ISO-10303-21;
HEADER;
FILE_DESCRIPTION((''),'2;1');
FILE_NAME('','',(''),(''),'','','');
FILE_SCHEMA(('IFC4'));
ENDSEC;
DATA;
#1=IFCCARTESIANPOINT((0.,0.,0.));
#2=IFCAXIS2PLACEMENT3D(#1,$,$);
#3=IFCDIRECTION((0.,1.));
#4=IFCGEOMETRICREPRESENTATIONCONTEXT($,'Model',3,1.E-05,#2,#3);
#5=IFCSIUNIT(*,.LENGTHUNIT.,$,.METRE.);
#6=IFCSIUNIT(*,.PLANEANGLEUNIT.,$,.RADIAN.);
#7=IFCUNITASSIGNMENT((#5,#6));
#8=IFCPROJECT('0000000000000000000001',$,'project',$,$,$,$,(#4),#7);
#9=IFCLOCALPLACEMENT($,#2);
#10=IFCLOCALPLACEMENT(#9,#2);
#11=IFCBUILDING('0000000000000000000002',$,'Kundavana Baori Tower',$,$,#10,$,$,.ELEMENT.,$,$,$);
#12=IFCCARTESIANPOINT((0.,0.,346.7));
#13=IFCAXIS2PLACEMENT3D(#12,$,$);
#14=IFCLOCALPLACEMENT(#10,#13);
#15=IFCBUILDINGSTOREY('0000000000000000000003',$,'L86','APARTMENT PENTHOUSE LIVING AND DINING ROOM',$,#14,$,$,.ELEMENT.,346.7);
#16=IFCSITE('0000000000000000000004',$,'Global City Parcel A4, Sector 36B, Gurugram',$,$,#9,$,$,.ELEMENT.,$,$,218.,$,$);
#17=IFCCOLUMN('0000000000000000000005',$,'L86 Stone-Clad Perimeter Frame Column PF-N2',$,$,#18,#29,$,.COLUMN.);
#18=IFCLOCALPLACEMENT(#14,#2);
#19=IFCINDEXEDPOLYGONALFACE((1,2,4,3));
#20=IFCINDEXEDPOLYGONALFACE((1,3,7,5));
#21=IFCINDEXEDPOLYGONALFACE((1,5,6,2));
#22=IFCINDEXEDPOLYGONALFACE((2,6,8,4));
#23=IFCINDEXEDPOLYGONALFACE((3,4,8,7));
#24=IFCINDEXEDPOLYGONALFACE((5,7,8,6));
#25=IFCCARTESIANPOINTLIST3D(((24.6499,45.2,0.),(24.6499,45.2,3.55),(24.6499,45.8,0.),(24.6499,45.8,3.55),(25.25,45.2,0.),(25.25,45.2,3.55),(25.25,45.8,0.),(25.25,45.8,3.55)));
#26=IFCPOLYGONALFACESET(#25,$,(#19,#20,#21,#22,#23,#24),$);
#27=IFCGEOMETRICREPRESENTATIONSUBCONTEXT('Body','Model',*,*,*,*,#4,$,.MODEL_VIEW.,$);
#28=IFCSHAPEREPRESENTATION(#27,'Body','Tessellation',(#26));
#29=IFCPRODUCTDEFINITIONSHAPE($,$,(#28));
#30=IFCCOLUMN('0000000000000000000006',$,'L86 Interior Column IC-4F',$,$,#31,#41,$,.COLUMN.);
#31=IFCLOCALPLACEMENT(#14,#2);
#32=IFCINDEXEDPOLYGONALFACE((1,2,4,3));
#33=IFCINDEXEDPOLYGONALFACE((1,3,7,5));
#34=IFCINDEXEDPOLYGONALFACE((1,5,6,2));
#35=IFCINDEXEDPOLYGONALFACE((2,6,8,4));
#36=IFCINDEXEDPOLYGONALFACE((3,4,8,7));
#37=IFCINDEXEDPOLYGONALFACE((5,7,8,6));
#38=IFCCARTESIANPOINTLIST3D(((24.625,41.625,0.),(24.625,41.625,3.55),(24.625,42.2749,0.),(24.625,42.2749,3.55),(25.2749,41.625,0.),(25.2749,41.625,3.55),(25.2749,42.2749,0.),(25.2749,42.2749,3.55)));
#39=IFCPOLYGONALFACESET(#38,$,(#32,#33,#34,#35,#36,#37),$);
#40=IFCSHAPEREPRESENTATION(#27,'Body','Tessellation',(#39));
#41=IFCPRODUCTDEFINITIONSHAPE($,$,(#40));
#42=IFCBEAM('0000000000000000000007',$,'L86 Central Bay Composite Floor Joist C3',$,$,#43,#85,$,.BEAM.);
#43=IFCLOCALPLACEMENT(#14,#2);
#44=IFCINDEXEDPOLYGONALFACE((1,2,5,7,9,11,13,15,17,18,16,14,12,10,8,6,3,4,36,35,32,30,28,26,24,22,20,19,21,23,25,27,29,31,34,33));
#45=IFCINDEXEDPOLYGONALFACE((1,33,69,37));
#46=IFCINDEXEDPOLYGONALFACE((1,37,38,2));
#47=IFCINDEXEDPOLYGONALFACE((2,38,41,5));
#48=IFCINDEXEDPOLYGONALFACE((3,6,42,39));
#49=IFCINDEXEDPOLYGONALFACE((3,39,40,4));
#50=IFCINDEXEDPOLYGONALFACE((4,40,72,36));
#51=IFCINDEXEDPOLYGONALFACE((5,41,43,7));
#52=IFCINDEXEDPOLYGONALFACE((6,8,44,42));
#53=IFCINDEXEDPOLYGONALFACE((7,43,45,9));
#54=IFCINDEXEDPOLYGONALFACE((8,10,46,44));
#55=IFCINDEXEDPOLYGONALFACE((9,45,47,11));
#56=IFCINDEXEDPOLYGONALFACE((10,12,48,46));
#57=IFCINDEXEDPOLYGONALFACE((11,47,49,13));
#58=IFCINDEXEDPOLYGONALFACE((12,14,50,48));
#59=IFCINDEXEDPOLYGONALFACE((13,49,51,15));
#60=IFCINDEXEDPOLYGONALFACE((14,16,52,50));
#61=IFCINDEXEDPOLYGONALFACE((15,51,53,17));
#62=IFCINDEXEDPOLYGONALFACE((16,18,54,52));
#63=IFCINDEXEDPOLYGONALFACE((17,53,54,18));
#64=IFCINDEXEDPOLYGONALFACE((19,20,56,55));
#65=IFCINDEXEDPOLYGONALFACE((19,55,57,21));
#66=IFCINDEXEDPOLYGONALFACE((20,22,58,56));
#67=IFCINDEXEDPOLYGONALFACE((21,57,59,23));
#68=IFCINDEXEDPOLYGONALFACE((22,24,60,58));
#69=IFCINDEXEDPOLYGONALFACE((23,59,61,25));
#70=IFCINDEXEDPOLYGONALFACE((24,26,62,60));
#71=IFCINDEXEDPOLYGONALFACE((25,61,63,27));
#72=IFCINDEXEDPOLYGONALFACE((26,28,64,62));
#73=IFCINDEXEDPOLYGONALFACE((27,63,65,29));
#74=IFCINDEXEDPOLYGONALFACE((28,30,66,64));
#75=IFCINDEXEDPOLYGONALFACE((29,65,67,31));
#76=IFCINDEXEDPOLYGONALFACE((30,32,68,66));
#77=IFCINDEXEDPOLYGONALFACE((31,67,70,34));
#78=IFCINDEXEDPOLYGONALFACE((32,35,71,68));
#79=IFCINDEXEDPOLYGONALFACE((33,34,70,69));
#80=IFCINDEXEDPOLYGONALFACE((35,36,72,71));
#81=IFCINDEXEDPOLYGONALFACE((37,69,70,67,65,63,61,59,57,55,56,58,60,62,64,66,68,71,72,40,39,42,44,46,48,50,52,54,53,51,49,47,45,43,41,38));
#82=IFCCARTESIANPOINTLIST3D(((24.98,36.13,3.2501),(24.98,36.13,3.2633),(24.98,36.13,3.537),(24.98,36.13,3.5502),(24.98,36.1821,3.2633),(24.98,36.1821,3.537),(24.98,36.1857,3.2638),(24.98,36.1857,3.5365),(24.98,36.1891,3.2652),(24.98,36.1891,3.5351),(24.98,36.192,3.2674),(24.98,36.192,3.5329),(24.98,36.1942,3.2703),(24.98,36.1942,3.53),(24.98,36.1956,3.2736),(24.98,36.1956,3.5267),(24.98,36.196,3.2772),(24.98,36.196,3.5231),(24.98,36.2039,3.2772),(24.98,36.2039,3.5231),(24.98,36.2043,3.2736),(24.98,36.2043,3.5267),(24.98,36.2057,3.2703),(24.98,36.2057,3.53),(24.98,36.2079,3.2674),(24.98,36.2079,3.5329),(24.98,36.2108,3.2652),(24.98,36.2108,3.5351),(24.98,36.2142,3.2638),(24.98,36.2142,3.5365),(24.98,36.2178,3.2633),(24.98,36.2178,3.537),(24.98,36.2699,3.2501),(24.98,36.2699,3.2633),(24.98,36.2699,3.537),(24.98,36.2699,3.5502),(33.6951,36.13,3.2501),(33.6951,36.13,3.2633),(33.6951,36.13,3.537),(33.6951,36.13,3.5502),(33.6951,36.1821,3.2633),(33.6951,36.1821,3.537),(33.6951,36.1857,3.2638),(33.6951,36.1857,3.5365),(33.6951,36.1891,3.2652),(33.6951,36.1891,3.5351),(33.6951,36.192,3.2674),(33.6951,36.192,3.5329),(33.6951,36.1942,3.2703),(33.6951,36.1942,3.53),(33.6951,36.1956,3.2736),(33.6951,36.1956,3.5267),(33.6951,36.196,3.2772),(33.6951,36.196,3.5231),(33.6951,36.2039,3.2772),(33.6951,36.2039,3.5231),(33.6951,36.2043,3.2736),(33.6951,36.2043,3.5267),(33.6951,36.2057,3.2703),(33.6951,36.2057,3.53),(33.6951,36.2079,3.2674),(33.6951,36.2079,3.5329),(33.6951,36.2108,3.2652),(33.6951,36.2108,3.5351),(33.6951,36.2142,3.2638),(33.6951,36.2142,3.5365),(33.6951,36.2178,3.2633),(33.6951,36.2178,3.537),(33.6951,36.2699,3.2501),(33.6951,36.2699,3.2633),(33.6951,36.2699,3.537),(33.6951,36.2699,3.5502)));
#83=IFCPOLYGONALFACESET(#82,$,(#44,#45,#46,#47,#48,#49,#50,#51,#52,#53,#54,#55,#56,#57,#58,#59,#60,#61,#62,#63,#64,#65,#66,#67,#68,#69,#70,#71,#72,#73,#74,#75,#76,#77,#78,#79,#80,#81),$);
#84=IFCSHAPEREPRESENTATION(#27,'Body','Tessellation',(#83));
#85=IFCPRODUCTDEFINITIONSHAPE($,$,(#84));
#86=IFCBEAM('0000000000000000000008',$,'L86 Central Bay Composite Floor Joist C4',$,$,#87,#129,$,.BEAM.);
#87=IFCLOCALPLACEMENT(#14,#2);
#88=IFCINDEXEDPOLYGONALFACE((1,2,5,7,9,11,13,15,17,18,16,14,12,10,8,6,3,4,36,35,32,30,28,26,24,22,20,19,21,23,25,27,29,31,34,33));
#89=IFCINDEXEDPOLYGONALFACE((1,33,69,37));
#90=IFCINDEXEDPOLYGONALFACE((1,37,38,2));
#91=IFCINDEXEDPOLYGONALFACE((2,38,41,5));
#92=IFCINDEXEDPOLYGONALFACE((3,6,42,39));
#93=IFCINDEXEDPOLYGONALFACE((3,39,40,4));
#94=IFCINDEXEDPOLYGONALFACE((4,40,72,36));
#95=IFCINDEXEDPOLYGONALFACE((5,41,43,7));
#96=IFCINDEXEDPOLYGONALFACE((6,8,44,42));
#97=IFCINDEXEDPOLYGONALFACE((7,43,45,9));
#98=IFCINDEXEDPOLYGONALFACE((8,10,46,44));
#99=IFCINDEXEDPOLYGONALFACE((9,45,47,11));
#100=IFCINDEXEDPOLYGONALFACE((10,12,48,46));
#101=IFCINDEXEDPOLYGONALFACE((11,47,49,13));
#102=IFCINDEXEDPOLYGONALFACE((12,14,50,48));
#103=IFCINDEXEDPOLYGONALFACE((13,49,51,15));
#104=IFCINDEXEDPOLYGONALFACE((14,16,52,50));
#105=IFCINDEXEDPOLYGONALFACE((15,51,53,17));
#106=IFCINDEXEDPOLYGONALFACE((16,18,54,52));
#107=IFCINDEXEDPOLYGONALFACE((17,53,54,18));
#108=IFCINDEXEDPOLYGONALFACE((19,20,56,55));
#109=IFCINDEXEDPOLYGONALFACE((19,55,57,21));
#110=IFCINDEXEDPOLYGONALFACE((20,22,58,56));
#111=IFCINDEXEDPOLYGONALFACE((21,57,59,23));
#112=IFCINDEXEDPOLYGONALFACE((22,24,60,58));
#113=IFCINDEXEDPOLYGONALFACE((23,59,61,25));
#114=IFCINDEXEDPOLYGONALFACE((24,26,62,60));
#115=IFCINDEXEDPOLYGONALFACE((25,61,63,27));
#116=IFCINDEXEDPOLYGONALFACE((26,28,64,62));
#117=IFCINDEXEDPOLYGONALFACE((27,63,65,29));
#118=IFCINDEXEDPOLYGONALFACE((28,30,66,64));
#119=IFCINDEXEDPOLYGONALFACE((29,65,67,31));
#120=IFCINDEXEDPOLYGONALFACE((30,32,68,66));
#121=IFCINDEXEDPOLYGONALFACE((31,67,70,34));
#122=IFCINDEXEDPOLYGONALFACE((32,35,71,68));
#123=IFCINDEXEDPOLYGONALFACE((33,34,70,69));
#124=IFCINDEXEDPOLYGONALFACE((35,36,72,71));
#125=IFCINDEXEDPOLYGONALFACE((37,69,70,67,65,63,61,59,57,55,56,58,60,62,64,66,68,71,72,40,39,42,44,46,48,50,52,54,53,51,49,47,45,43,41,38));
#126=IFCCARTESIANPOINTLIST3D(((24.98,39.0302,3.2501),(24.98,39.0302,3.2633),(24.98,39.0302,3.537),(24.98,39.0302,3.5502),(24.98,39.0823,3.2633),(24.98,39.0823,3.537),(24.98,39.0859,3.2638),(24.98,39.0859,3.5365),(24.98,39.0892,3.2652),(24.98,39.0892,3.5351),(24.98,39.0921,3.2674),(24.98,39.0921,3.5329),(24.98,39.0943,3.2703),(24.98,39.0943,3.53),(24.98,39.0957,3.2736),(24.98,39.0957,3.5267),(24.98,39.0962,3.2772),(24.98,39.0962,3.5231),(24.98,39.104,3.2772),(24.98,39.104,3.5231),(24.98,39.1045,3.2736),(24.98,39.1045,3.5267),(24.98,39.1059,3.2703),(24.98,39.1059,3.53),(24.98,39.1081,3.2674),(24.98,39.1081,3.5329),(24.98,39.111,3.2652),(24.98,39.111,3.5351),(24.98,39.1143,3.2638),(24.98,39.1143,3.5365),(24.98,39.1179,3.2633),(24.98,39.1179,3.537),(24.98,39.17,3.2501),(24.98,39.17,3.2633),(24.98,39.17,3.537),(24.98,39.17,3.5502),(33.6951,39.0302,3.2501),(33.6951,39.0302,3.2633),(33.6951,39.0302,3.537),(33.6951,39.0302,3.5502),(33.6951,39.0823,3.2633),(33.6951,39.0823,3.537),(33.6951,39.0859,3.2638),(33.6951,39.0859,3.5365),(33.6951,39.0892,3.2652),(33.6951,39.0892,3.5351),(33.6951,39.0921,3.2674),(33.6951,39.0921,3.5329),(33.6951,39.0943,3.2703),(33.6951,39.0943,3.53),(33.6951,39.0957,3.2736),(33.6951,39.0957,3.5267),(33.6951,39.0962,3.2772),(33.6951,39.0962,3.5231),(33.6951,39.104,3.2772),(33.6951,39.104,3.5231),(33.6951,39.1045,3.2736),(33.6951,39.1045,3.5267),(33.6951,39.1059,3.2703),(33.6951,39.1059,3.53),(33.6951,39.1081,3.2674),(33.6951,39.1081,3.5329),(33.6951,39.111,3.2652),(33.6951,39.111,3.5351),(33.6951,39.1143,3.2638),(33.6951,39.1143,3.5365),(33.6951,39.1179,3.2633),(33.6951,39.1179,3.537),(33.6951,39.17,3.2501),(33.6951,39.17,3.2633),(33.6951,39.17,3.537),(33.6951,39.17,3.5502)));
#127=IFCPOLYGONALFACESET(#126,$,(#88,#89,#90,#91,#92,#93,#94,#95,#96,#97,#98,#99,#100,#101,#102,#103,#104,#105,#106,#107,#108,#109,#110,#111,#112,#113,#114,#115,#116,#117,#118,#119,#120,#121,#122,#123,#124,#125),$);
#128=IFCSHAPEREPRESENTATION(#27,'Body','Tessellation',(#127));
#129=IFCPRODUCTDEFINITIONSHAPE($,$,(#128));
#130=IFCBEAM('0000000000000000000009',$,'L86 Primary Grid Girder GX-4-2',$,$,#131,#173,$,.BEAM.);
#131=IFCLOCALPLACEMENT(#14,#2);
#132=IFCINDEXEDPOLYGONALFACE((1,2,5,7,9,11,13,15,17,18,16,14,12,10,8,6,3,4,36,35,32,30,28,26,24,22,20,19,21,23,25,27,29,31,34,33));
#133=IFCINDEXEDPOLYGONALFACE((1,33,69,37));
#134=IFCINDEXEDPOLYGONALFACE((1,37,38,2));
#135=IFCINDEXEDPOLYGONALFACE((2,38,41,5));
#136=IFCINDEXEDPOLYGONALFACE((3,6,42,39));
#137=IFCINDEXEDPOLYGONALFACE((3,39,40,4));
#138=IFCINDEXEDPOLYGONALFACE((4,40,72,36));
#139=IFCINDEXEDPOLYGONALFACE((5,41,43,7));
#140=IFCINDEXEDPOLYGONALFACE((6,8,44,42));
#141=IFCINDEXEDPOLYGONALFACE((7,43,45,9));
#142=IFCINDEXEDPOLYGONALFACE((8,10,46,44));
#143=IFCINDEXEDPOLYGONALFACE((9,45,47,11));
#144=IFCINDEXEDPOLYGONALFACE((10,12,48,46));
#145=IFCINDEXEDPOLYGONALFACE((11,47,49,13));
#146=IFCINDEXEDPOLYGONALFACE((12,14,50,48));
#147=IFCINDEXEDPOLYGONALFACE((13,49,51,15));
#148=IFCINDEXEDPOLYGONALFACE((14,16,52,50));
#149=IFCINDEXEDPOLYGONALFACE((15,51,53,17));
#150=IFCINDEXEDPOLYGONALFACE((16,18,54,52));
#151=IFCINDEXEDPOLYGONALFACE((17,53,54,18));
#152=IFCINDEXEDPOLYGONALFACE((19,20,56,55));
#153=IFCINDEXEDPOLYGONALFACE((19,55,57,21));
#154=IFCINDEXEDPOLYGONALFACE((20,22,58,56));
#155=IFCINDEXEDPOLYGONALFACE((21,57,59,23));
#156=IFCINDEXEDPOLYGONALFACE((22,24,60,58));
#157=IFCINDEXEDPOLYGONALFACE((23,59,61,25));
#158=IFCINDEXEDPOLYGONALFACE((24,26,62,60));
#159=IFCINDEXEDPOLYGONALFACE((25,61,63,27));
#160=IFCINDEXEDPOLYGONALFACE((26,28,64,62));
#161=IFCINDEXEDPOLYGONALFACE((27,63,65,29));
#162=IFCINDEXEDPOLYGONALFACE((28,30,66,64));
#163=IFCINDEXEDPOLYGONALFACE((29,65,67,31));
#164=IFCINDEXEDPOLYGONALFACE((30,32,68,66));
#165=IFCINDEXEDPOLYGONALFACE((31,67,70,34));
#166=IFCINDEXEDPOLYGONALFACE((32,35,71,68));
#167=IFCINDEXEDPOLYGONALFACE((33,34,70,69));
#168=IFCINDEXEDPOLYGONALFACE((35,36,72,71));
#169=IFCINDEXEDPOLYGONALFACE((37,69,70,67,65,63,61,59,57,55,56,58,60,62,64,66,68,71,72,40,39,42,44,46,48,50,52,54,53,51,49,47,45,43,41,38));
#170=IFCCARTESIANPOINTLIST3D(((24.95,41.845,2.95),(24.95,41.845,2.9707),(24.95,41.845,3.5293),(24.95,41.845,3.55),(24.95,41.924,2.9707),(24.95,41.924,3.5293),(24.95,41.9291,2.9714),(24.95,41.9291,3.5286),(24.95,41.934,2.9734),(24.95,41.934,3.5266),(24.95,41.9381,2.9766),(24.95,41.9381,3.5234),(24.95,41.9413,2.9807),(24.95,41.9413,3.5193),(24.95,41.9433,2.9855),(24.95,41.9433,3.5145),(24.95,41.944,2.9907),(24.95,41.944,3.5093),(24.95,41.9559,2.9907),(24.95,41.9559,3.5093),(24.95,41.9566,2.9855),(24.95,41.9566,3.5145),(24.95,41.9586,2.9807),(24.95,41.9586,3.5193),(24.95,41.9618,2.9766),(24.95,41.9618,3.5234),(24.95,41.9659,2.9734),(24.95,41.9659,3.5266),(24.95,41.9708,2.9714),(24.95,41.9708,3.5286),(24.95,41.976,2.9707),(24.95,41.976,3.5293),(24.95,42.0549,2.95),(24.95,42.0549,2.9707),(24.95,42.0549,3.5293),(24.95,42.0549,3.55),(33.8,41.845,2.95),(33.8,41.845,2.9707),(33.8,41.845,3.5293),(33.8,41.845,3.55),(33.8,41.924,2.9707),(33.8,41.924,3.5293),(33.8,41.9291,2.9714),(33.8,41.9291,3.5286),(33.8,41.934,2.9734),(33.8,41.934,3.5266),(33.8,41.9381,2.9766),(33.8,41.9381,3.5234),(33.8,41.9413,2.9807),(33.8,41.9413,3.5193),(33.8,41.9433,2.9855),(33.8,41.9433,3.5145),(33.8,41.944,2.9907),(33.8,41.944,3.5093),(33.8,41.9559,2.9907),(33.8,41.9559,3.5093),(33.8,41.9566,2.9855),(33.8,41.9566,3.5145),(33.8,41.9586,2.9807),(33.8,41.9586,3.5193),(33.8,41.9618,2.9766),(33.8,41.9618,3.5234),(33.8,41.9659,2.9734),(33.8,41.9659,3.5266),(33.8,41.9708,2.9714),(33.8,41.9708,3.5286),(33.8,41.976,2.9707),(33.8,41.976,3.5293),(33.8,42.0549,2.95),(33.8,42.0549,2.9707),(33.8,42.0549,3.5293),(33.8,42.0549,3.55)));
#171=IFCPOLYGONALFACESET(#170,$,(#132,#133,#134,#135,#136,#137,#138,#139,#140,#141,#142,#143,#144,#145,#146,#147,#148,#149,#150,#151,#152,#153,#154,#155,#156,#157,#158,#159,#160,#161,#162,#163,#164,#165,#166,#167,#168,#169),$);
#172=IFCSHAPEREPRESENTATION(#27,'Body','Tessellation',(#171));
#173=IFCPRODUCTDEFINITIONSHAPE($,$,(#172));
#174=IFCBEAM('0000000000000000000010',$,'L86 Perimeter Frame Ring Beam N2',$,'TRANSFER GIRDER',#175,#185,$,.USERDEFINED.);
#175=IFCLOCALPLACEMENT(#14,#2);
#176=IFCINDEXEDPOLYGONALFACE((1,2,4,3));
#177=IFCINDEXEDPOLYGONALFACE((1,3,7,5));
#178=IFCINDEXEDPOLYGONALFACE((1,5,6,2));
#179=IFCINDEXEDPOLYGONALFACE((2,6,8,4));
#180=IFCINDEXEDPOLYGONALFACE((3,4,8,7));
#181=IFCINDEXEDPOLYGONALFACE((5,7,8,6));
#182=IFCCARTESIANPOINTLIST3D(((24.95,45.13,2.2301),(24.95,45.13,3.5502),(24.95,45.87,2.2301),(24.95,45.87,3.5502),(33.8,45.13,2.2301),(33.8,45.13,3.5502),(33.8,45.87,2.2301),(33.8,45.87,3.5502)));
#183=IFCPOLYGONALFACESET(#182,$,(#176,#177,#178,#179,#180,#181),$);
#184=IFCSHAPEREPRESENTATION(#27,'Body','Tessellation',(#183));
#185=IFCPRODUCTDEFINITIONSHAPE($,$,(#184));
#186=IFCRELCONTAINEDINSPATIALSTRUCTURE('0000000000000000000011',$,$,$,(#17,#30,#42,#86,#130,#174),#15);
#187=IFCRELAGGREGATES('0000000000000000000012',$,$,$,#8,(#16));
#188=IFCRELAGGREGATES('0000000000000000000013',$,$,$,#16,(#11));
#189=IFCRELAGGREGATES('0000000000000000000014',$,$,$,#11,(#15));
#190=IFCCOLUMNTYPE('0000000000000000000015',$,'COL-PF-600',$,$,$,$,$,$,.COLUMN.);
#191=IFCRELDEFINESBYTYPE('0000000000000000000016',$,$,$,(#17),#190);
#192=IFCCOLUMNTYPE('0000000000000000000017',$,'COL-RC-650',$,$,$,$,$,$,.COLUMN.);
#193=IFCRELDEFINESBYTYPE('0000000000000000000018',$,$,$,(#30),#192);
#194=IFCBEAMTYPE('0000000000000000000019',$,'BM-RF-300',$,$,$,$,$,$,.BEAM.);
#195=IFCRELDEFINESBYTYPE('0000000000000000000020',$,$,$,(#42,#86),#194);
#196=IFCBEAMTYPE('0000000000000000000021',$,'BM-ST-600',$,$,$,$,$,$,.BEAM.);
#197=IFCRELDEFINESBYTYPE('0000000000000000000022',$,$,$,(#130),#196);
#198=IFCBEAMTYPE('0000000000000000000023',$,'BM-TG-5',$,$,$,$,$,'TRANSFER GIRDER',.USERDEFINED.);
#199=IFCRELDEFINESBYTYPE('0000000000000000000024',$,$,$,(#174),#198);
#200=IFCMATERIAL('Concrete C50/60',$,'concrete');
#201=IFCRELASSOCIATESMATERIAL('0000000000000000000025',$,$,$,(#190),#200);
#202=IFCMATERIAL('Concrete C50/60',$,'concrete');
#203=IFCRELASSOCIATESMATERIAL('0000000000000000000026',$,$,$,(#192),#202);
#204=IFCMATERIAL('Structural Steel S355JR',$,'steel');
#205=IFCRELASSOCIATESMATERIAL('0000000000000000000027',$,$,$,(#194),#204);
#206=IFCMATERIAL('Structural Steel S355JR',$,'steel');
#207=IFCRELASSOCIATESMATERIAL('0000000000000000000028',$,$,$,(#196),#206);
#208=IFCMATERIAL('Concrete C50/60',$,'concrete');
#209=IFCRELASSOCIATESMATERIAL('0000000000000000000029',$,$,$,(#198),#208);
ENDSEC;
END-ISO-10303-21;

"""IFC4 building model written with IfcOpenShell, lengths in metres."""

from ifc_helpers import new_model, si_unit, direction, frame, origin, origin_2d, place, context, subcontext, project, spatial, rectangle, i_section, extrude, material, material_profile, profile_set, type_object, element, save


model = new_model("IFC4")

# Units and contexts
model_context = context("Model", 3, precision=1e-05, world=origin(), true_north=direction((0.0, 1.0)))
body_context = subcontext(model_context, "Body", "Model", "MODEL_VIEW")
ifc_project = project(units=[si_unit("LENGTHUNIT", "METRE"), si_unit("PLANEANGLEUNIT", "RADIAN")], contexts=[model_context])

# Site, building, storey
site_placement = place(None, origin())
site = spatial("IfcSite", under=ifc_project, at=site_placement, Name="Global City Parcel A4, Sector 36B, Gurugram", CompositionType="ELEMENT", RefElevation=218.0)
building_placement = place(site_placement, origin())
building = spatial("IfcBuilding", under=site, at=building_placement, Name="Kundavana Baori Tower", CompositionType="ELEMENT")
storey_placement = place(building_placement, frame((0.0, 0.0, 346.7)))
storey = spatial("IfcBuildingStorey", under=building, at=storey_placement, Name="L86", Description="APARTMENT PENTHOUSE LIVING AND DINING ROOM", CompositionType="ELEMENT", Elevation=346.7)

# Columns
ifc_material_1 = material(Name="Concrete C50/60", Category="concrete")
ifc_material_profile_1 = material_profile(ifc_material_1, rectangle(XDim=0.6001, YDim=0.6001, at=origin_2d()), Name="RC PF 600x600")
ifc_profile_set_1 = profile_set([ifc_material_profile_1], Name="Concrete C50/60")
column_type_1 = type_object("IfcColumnType", Name="COL-PF-600", PredefinedType="COLUMN", material=ifc_profile_set_1)
column_1_placement = place(storey_placement, frame((24.95, 45.5, 0.0), z_axis=(0.0, 0.0, 1.0), x_axis=(1.0, 0.0, 0.0)))
element("IfcColumn", 1, at=column_1_placement, inside=storey, type_object=column_type_1, Name="L86 Stone-Clad Perimeter Frame Column PF-N2", PredefinedType="COLUMN", context=body_context, shape_type="SweptSolid", body=[
    extrude(rectangle(XDim=0.6001, YDim=0.6001, at=origin_2d()), origin(), (0.0, 0.0, 1.0), 3.55),
])
ifc_material_2 = material(Name="Concrete C50/60", Category="concrete")
ifc_material_profile_2 = material_profile(ifc_material_2, rectangle(XDim=0.6499, YDim=0.6499, at=origin_2d()), Name="RC 650x650")
ifc_profile_set_2 = profile_set([ifc_material_profile_2], Name="Concrete C50/60")
column_type_2 = type_object("IfcColumnType", Name="COL-RC-650", PredefinedType="COLUMN", material=ifc_profile_set_2)
column_2_placement = place(storey_placement, frame((24.95, 41.95, 0.0), z_axis=(0.0, 0.0, 1.0), x_axis=(1.0, 0.0, 0.0)))
element("IfcColumn", 2, at=column_2_placement, inside=storey, type_object=column_type_2, Name="L86 Interior Column IC-4F", PredefinedType="COLUMN", context=body_context, shape_type="SweptSolid", body=[
    extrude(rectangle(XDim=0.6499, YDim=0.6499, at=origin_2d()), origin(), (0.0, 0.0, 1.0), 3.55),
])

# Beams
ifc_material_3 = material(Name="Structural Steel S355JR", Category="steel")
ifc_material_profile_3 = material_profile(ifc_material_3, i_section(OverallWidth=0.1399, OverallDepth=0.3, WebThickness=0.0078, FlangeThickness=0.0132, FilletRadius=0.0139, at=origin_2d()), Name="ISMB 300")
ifc_profile_set_3 = profile_set([ifc_material_profile_3], Name="Structural Steel S355JR")
beam_type_1 = type_object("IfcBeamType", Name="BM-RF-300", PredefinedType="BEAM", material=ifc_profile_set_3)
for number, where, z_axis, x_axis, name in (
    (3, (24.98, 36.2, 3.4001), (1.0, 0.0, 0.0), (0.0, 1.0, 0.0), "L86 Central Bay Composite Floor Joist C3"),
    (4, (24.98, 39.1001, 3.4001), (1.0, 0.0, 0.0), (0.0, 1.0, 0.0), "L86 Central Bay Composite Floor Joist C4"),
):
    element("IfcBeam", number, at=place(storey_placement, frame(where, z_axis=z_axis, x_axis=x_axis)), inside=storey, type_object=beam_type_1, Name=name, PredefinedType="BEAM", context=body_context, shape_type="SweptSolid", body=[
        extrude(i_section(OverallWidth=0.1399, OverallDepth=0.3, WebThickness=0.0078, FlangeThickness=0.0132, FilletRadius=0.0139, at=origin_2d()), origin(), (0.0, 0.0, 1.0), 8.7151),
    ])
ifc_material_4 = material(Name="Structural Steel S355JR", Category="steel")
ifc_material_profile_4 = material_profile(ifc_material_4, i_section(OverallWidth=0.21, OverallDepth=0.6001, WebThickness=0.012, FlangeThickness=0.0208, FilletRadius=0.02, at=origin_2d()), Name="ISMB 600")
ifc_profile_set_4 = profile_set([ifc_material_profile_4], Name="Structural Steel S355JR")
beam_type_2 = type_object("IfcBeamType", Name="BM-ST-600", PredefinedType="BEAM", material=ifc_profile_set_4)
beam_1_placement = place(storey_placement, frame((24.95, 41.95, 3.25), z_axis=(1.0, 0.0, 0.0), x_axis=(0.0, 1.0, 0.0)))
element("IfcBeam", 5, at=beam_1_placement, inside=storey, type_object=beam_type_2, Name="L86 Primary Grid Girder GX-4-2", PredefinedType="BEAM", context=body_context, shape_type="SweptSolid", body=[
    extrude(i_section(OverallWidth=0.21, OverallDepth=0.6001, WebThickness=0.012, FlangeThickness=0.0208, FilletRadius=0.02, at=origin_2d()), origin(), (0.0, 0.0, 1.0), 8.8501),
])
ifc_material_5 = material(Name="Concrete C50/60", Category="concrete")
ifc_material_profile_5 = material_profile(ifc_material_5, rectangle(XDim=0.74, YDim=1.3201, at=origin_2d()), Name="BM-TG-5")
ifc_profile_set_5 = profile_set([ifc_material_profile_5], Name="Concrete C50/60")
beam_type_3 = type_object("IfcBeamType", Name="BM-TG-5", ElementType="TRANSFER GIRDER", PredefinedType="USERDEFINED", material=ifc_profile_set_5)
beam_2_placement = place(storey_placement, frame((24.95, 45.5, 2.8901), z_axis=(1.0, 0.0, 0.0), x_axis=(0.0, 1.0, 0.0)))
element("IfcBeam", 6, at=beam_2_placement, inside=storey, type_object=beam_type_3, Name="L86 Perimeter Frame Ring Beam N2", ObjectType="TRANSFER GIRDER", PredefinedType="USERDEFINED", context=body_context, shape_type="SweptSolid", body=[
    extrude(rectangle(XDim=0.74, YDim=1.3201, at=origin_2d()), origin(), (0.0, 0.0, 1.0), 8.8501),
])

save(model, "model.ifc")
